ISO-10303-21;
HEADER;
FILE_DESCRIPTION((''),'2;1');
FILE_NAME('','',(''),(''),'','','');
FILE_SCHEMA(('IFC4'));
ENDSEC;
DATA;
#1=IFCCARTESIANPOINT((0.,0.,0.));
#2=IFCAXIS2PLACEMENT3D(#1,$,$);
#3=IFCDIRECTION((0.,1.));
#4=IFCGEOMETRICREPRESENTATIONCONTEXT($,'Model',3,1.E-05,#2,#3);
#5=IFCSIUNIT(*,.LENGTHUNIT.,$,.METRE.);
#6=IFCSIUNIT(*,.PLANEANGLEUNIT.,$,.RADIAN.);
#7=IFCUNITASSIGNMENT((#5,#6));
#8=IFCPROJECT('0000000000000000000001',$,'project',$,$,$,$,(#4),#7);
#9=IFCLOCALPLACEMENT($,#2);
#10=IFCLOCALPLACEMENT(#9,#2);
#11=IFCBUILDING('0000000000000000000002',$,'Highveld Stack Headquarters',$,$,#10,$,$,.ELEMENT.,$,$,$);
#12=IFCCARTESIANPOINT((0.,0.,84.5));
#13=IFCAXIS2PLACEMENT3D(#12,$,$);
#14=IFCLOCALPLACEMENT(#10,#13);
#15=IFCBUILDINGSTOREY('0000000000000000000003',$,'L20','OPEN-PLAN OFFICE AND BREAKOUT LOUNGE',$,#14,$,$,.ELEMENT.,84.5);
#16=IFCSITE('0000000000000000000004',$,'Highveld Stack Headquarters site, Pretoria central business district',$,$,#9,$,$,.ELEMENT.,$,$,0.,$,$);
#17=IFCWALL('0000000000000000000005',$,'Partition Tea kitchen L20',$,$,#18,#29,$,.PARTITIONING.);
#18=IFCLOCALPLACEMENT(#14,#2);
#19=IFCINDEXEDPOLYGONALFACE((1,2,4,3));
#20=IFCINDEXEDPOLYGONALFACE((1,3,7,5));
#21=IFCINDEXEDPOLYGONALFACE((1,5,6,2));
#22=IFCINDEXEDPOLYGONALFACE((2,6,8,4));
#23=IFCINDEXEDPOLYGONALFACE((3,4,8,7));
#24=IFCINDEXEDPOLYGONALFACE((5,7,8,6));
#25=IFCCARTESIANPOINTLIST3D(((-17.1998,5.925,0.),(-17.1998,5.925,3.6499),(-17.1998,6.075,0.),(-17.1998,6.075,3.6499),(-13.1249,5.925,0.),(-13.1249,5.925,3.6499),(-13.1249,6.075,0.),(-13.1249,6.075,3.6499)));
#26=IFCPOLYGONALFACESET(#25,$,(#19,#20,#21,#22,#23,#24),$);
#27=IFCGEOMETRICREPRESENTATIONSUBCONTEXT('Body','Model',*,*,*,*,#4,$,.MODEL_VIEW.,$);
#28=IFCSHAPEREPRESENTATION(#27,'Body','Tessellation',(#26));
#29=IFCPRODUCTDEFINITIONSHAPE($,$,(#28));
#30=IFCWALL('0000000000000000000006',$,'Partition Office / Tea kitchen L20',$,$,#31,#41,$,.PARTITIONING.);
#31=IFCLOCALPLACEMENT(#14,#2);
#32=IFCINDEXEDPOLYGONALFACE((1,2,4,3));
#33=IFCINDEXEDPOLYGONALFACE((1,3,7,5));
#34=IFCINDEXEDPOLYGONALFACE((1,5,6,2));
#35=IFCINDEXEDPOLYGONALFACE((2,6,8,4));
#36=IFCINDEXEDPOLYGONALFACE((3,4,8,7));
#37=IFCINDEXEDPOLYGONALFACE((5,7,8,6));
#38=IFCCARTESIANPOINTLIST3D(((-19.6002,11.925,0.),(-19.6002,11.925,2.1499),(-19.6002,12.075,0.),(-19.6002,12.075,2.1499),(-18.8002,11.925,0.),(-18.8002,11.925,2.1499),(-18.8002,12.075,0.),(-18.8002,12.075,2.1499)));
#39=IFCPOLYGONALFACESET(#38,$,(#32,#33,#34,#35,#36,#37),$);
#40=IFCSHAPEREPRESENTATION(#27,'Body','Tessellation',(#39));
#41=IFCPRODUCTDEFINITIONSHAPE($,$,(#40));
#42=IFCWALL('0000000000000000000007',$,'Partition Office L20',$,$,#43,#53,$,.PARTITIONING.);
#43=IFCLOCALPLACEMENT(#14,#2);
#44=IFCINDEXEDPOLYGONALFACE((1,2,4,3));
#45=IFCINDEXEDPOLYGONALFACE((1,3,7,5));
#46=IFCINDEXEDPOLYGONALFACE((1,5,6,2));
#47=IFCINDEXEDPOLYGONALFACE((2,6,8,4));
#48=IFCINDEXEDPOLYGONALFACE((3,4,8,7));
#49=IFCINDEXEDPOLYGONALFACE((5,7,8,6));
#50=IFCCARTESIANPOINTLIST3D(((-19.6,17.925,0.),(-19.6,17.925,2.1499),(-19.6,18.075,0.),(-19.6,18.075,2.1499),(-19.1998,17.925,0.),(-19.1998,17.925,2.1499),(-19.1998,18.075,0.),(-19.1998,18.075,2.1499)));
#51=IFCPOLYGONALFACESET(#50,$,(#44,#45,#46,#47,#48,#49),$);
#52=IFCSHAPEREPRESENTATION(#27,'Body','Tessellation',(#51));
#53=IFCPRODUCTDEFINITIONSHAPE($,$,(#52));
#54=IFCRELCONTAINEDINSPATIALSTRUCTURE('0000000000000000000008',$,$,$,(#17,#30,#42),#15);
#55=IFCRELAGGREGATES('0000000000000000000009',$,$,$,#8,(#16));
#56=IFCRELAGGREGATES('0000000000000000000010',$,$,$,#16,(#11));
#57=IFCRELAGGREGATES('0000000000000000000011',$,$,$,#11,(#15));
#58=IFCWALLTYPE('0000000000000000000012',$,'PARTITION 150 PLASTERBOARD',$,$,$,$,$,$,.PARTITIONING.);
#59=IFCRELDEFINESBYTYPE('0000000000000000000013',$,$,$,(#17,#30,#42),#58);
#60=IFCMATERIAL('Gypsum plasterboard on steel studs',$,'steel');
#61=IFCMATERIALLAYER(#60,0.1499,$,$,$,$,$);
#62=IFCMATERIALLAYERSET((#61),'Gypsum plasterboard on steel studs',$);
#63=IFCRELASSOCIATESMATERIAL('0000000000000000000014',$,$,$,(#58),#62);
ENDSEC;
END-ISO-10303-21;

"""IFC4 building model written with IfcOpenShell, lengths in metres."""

from ifc_helpers import new_model, si_unit, direction, frame, frame_2d, origin, place, context, subcontext, project, spatial, rectangle, extrude, material, layer, layer_set, type_object, element, save


model = new_model("IFC4")

# Units and contexts
model_context = context("Model", 3, precision=1e-05, world=origin(), true_north=direction((0.0, 1.0)))
body_context = subcontext(model_context, "Body", "Model", "MODEL_VIEW")
ifc_project = project(units=[si_unit("LENGTHUNIT", "METRE"), si_unit("PLANEANGLEUNIT", "RADIAN")], contexts=[model_context])

# Site, building, storey
site_placement = place(None, origin())
site = spatial("IfcSite", under=ifc_project, at=site_placement, Name="Highveld Stack Headquarters site, Pretoria central business district", CompositionType="ELEMENT", RefElevation=0.0)
building_placement = place(site_placement, origin())
building = spatial("IfcBuilding", under=site, at=building_placement, Name="Highveld Stack Headquarters", CompositionType="ELEMENT")
storey_placement = place(building_placement, frame((0.0, 0.0, 84.5)))
storey = spatial("IfcBuildingStorey", under=building, at=storey_placement, Name="L20", Description="OPEN-PLAN OFFICE AND BREAKOUT LOUNGE", CompositionType="ELEMENT", Elevation=84.5)

# Walls
ifc_material_1 = material(Name="Gypsum plasterboard on steel studs", Category="steel")
ifc_layer_1 = layer(ifc_material_1, 0.1499)
ifc_layer_set_1 = layer_set([ifc_layer_1], Name="Gypsum plasterboard on steel studs")
wall_type = type_object("IfcWallType", Name="PARTITION 150 PLASTERBOARD", PredefinedType="PARTITIONING", material=ifc_layer_set_1)
wall_1_placement = place(storey_placement, frame((-17.2, 6.0, 0.0), z_axis=(0.0, 0.0, 1.0), x_axis=(1.0, 0.0, 0.0)))
element("IfcWall", 1, at=wall_1_placement, inside=storey, type_object=wall_type, Name="Partition Tea kitchen L20", PredefinedType="PARTITIONING", context=body_context, shape_type="SweptSolid", body=[
    extrude(rectangle(XDim=4.075, YDim=0.1499, at=frame_2d((2.0376, 0.0))), origin(), (0.0, 0.0, 1.0), 3.6499),
])
wall_2_placement = place(storey_placement, frame((-19.6001, 12.0, 0.0), z_axis=(0.0, 0.0, 1.0), x_axis=(1.0, 0.0, 0.0)))
element("IfcWall", 2, at=wall_2_placement, inside=storey, type_object=wall_type, Name="Partition Office / Tea kitchen L20", PredefinedType="PARTITIONING", context=body_context, shape_type="SweptSolid", body=[
    extrude(rectangle(XDim=0.8, YDim=0.1499, at=frame_2d((0.3999, 0.0))), origin(), (0.0, 0.0, 1.0), 2.1499),
])
wall_3_placement = place(storey_placement, frame((-19.6001, 18.0, 0.0), z_axis=(0.0, 0.0, 1.0), x_axis=(1.0, 0.0, 0.0)))
element("IfcWall", 3, at=wall_3_placement, inside=storey, type_object=wall_type, Name="Partition Office L20", PredefinedType="PARTITIONING", context=body_context, shape_type="SweptSolid", body=[
    extrude(rectangle(XDim=0.4001, YDim=0.1499, at=frame_2d((0.2002, 0.0))), origin(), (0.0, 0.0, 1.0), 2.1499),
])

save(model, "model.ifc")
